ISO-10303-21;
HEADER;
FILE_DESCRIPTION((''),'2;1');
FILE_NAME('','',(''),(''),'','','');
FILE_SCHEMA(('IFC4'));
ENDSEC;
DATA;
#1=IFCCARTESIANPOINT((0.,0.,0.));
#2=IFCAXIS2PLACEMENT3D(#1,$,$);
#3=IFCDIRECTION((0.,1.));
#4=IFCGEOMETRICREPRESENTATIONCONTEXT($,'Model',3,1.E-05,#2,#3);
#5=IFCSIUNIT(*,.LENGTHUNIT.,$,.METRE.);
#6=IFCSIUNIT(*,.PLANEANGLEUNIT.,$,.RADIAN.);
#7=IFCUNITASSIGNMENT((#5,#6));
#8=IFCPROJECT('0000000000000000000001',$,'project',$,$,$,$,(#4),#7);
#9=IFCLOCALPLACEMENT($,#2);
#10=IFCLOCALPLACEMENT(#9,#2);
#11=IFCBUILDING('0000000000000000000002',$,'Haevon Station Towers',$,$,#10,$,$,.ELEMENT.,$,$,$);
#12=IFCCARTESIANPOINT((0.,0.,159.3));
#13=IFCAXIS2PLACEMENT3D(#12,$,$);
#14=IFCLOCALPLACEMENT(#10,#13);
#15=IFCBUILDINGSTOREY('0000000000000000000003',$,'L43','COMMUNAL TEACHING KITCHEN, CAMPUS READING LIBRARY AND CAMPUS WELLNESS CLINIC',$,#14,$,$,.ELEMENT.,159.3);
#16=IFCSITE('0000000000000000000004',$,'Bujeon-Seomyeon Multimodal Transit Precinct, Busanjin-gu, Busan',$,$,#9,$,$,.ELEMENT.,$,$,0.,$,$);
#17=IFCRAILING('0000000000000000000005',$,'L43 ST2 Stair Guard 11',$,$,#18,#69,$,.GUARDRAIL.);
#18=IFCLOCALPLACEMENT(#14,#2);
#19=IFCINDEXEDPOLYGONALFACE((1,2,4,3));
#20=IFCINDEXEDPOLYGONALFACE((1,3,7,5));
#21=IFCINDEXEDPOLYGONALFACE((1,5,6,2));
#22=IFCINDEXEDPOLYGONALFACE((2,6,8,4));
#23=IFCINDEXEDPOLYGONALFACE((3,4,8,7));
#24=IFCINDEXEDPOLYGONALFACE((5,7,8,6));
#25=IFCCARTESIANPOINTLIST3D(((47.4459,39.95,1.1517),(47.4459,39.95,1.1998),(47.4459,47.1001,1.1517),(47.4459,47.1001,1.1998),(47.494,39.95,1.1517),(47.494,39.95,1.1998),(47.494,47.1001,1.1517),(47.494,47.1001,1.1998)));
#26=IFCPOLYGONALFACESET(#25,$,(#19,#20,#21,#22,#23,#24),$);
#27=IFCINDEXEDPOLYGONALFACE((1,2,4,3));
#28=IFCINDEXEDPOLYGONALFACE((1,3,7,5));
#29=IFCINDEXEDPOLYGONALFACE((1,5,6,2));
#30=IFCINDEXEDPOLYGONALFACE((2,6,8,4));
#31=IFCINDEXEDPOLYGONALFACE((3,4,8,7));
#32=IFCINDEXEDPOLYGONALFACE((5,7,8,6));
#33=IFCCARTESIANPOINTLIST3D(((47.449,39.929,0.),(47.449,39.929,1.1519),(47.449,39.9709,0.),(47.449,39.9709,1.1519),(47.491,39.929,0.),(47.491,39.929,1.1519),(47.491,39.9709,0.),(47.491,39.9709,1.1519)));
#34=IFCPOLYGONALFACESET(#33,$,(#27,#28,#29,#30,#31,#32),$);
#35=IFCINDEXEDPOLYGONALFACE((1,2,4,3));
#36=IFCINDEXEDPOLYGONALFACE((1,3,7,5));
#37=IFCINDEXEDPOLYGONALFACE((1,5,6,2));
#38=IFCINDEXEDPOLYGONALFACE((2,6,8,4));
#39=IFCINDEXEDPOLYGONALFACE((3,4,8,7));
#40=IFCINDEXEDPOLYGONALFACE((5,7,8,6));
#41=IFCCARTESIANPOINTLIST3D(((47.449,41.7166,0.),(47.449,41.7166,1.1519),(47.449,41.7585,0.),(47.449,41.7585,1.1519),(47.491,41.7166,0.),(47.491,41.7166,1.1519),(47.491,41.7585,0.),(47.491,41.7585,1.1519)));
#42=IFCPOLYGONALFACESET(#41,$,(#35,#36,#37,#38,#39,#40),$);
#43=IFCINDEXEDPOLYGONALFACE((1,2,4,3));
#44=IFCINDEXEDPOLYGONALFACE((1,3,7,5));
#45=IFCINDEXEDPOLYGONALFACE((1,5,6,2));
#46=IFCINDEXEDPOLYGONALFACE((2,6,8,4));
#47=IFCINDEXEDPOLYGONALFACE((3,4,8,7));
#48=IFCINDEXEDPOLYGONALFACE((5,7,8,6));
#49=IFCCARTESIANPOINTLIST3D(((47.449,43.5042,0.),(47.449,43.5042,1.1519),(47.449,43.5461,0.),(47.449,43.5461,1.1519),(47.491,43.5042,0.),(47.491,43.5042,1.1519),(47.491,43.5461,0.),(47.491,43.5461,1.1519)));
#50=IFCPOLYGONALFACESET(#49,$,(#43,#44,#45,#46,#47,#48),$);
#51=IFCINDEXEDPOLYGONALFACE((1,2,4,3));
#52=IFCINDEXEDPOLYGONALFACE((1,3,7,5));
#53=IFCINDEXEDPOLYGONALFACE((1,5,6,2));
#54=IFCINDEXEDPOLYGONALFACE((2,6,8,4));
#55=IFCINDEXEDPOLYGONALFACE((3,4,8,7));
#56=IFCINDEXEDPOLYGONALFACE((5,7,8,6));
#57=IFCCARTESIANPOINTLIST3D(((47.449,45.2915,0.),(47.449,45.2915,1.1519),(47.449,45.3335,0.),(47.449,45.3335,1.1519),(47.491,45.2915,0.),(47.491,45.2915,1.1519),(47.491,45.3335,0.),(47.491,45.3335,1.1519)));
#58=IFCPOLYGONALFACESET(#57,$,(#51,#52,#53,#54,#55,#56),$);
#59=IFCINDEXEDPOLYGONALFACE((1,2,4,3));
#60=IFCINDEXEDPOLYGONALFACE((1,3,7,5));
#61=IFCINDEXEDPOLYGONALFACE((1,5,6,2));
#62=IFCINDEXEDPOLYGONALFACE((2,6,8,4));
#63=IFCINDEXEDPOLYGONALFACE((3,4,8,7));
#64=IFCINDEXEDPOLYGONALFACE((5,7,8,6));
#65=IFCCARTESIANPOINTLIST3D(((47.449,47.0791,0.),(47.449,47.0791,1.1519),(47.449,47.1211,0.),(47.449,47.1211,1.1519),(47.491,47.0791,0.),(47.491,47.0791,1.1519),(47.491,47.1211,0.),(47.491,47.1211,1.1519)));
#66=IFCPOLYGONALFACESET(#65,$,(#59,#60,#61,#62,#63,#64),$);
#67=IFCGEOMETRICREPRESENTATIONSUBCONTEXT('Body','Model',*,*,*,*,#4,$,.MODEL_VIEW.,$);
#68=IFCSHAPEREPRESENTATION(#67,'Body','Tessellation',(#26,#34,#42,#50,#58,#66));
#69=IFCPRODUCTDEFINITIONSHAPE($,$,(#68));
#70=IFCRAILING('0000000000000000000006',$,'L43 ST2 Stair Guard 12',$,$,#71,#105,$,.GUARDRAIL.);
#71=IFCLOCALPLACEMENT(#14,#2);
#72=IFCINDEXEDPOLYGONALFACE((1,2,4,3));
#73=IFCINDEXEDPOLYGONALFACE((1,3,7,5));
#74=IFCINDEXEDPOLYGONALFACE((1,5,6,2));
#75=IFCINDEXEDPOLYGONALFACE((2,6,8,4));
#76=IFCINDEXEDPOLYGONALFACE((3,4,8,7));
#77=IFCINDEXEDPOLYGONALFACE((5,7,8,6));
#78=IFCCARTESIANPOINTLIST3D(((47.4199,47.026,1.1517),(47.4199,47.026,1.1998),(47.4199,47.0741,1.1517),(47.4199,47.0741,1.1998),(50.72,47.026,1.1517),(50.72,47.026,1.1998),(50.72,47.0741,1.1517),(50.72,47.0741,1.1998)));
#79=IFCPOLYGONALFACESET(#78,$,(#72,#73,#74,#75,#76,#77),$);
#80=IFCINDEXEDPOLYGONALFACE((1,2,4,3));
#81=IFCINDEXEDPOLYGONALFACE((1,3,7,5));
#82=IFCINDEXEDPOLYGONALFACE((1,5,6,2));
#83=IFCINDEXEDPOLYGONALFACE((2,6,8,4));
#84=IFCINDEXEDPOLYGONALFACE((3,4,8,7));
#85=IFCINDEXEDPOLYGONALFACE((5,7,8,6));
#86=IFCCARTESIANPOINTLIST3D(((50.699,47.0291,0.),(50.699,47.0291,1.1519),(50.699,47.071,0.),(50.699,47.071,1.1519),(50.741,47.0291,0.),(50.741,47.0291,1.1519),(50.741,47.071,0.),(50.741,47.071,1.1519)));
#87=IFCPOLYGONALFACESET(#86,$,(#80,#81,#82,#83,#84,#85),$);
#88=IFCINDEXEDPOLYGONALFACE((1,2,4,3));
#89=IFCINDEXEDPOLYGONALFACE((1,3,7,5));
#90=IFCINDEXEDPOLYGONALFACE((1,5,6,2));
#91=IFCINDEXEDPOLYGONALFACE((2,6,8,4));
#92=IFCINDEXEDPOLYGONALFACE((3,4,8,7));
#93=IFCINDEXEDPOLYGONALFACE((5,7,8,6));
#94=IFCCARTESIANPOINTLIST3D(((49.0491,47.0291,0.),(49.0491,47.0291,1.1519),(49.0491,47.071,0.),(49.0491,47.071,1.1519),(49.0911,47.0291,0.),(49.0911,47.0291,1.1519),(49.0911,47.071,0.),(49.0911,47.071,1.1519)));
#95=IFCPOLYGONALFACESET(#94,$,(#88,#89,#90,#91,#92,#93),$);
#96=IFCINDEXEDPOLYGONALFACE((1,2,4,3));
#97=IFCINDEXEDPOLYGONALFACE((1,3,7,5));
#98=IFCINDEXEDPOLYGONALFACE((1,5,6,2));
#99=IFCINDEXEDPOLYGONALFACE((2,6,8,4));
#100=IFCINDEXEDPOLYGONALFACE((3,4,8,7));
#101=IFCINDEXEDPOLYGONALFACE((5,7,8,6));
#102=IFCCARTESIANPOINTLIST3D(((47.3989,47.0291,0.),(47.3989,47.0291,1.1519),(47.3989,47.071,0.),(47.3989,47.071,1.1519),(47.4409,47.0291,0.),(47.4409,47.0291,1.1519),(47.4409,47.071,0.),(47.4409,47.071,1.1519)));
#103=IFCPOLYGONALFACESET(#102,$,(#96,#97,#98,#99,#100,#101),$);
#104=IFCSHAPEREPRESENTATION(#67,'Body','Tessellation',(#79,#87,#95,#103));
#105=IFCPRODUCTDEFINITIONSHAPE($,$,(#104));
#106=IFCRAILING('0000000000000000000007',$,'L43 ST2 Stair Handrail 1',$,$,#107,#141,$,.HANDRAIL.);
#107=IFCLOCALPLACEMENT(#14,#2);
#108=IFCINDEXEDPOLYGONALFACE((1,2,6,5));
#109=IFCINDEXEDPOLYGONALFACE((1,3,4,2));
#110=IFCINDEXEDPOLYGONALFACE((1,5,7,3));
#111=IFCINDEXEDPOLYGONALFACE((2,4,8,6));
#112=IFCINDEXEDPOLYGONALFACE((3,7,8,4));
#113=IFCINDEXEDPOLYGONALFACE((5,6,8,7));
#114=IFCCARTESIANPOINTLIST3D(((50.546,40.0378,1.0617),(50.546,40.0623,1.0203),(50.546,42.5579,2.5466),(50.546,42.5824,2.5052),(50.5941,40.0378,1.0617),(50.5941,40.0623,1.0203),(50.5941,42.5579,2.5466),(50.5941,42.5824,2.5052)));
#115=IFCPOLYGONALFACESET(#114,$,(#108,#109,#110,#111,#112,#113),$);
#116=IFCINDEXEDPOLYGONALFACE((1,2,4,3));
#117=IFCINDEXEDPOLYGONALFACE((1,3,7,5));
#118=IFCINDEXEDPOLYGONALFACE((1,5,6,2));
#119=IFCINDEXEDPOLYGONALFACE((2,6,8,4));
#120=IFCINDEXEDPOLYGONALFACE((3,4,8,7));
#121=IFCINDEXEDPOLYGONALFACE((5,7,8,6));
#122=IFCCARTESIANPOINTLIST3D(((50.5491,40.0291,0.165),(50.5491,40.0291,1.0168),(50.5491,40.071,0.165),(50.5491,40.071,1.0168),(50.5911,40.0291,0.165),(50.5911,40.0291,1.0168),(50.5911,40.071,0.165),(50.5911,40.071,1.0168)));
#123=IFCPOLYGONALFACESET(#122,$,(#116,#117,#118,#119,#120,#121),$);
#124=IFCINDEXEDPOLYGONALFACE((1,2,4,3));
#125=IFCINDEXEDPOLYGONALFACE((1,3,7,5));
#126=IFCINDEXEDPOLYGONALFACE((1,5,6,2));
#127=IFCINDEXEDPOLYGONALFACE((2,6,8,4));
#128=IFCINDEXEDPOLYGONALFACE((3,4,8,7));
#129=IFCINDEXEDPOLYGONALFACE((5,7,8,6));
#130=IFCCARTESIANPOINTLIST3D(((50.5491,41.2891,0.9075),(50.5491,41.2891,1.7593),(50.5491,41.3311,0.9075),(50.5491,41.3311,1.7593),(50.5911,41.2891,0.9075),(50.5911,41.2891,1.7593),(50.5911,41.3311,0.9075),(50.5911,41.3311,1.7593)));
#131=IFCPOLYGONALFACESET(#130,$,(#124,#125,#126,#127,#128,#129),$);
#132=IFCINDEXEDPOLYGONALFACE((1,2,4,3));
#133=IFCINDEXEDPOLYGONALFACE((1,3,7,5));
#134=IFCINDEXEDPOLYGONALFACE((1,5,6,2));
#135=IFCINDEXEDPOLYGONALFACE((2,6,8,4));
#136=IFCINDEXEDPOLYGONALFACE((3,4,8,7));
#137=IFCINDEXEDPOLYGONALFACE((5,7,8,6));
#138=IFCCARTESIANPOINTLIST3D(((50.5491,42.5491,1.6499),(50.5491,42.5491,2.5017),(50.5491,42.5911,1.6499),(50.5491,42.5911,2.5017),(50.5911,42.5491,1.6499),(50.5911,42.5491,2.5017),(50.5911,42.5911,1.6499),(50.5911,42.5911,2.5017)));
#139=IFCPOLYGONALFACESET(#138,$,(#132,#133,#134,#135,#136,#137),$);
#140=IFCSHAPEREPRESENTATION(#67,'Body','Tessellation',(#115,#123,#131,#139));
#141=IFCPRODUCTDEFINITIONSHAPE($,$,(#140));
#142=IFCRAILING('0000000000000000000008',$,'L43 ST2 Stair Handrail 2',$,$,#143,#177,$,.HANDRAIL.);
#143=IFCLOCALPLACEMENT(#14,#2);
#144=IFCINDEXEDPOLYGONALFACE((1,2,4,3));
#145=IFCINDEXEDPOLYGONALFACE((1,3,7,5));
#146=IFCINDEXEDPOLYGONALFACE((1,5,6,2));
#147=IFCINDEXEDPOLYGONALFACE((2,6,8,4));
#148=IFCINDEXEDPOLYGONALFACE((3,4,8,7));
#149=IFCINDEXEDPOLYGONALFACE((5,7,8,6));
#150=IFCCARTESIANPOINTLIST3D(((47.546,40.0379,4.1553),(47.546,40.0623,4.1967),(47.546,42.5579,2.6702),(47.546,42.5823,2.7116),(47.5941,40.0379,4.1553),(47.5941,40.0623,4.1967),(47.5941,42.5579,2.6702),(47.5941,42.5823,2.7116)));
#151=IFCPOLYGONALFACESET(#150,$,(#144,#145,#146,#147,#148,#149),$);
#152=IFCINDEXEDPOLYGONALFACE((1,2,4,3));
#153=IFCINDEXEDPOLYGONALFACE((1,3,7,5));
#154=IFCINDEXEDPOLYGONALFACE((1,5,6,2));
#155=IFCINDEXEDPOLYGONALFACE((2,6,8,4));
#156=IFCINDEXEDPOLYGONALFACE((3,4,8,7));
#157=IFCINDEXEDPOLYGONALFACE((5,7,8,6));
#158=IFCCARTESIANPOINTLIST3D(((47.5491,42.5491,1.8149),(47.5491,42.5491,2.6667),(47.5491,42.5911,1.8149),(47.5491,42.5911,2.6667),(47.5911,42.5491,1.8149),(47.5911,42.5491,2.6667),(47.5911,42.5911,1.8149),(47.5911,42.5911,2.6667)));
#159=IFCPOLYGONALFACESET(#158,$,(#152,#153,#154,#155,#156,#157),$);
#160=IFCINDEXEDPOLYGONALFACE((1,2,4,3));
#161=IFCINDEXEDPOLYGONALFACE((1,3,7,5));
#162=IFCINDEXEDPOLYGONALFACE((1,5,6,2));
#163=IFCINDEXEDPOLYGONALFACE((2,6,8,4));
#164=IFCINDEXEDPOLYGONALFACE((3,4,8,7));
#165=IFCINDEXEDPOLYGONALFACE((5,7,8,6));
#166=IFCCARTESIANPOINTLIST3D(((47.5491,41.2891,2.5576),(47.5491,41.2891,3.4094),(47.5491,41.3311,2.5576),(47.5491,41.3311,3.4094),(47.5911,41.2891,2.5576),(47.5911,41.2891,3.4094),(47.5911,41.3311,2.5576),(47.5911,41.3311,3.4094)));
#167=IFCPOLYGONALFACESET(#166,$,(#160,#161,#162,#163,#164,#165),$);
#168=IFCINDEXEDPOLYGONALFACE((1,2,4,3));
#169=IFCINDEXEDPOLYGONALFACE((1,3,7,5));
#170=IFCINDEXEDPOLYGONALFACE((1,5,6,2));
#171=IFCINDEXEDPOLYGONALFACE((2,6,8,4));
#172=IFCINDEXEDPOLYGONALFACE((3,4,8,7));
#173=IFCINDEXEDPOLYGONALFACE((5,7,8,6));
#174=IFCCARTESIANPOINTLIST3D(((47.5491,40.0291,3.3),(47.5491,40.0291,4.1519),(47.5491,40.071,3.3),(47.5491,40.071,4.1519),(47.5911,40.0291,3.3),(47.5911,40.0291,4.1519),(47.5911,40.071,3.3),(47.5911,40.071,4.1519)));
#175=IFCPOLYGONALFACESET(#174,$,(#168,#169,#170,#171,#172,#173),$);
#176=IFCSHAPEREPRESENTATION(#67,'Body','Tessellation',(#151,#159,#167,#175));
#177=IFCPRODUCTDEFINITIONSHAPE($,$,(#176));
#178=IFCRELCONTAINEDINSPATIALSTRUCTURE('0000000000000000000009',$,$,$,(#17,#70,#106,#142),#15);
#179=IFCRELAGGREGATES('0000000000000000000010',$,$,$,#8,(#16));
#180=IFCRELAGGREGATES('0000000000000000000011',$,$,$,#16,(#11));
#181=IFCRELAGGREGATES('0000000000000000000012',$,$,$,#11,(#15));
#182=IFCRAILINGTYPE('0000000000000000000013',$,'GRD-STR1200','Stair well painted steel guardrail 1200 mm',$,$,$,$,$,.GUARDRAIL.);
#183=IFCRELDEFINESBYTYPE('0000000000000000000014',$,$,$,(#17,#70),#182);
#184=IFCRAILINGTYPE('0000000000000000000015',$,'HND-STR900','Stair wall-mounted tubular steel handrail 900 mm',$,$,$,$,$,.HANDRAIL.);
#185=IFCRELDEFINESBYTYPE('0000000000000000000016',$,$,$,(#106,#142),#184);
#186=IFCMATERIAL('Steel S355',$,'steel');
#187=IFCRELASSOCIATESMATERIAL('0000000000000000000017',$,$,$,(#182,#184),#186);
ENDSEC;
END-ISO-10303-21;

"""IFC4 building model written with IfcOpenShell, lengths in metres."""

from ifc_helpers import new_model, si_unit, direction, frame, origin, origin_2d, place, context, subcontext, project, spatial, rectangle, extrude, material, type_object, element, save


model = new_model("IFC4")

# Units and contexts
model_context = context("Model", 3, precision=1e-05, world=origin(), true_north=direction((0.0, 1.0)))
body_context = subcontext(model_context, "Body", "Model", "MODEL_VIEW")
ifc_project = project(units=[si_unit("LENGTHUNIT", "METRE"), si_unit("PLANEANGLEUNIT", "RADIAN")], contexts=[model_context])

# Site, building, storey
site_placement = place(None, origin())
site = spatial("IfcSite", under=ifc_project, at=site_placement, Name="Bujeon-Seomyeon Multimodal Transit Precinct, Busanjin-gu, Busan", CompositionType="ELEMENT", RefElevation=0.0)
building_placement = place(site_placement, origin())
building = spatial("IfcBuilding", under=site, at=building_placement, Name="Haevon Station Towers", CompositionType="ELEMENT")
storey_placement = place(building_placement, frame((0.0, 0.0, 159.3)))
storey = spatial("IfcBuildingStorey", under=building, at=storey_placement, Name="L43", Description="COMMUNAL TEACHING KITCHEN, CAMPUS READING LIBRARY AND CAMPUS WELLNESS CLINIC", CompositionType="ELEMENT", Elevation=159.3)

# Shared definitions
ifc_material_1 = material(Name="Steel S355", Category="steel")

# Railings
railing_type_1 = type_object("IfcRailingType", Name="GRD-STR1200", Description="Stair well painted steel guardrail 1200 mm", PredefinedType="GUARDRAIL", material=ifc_material_1)
for number, where, name in (
    (1, (47.47, 39.95, 0.0), "L43 ST2 Stair Guard 11"),
):
    element("IfcRailing", number, at=place(storey_placement, frame(where)), inside=storey, type_object=railing_type_1, Name=name, PredefinedType="GUARDRAIL", context=body_context, shape_type="SweptSolid", body=[
        extrude(rectangle(XDim=0.0481, YDim=0.0481, at=origin_2d()), frame((0.0, 0.0, 1.1758), z_axis=(0.0, 1.0, 0.0), x_axis=(-1.0, 0.0, 0.0)), (0.0, 0.0, 1.0), 7.1501),
        extrude(rectangle(XDim=0.042, YDim=0.042, at=origin_2d()), origin(), (0.0, 0.0, 1.0), 1.1519),
        extrude(rectangle(XDim=0.042, YDim=0.042, at=origin_2d()), frame((0.0, 1.7876, 0.0)), (0.0, 0.0, 1.0), 1.1519),
        extrude(rectangle(XDim=0.042, YDim=0.042, at=origin_2d()), frame((0.0, 3.5752, 0.0)), (0.0, 0.0, 1.0), 1.1519),
        extrude(rectangle(XDim=0.042, YDim=0.042, at=origin_2d()), frame((0.0, 5.3625, 0.0)), (0.0, 0.0, 1.0), 1.1519),
        extrude(rectangle(XDim=0.042, YDim=0.042, at=origin_2d()), frame((0.0, 7.1501, 0.0)), (0.0, 0.0, 1.0), 1.1519),
    ])
railing_1_placement = place(storey_placement, frame((50.72, 47.05, 0.0)))
element("IfcRailing", 2, at=railing_1_placement, inside=storey, type_object=railing_type_1, Name="L43 ST2 Stair Guard 12", PredefinedType="GUARDRAIL", context=body_context, shape_type="SweptSolid", body=[
    extrude(rectangle(XDim=0.0481, YDim=0.0481, at=origin_2d()), frame((0.0, 0.0, 1.1758), z_axis=(-1.0, 0.0, 0.0), x_axis=(0.0, -1.0, 0.0)), (0.0, 0.0, 1.0), 3.3),
    extrude(rectangle(XDim=0.042, YDim=0.042, at=origin_2d()), origin(), (0.0, 0.0, 1.0), 1.1519),
    extrude(rectangle(XDim=0.042, YDim=0.042, at=origin_2d()), frame((-1.6499, 0.0, 0.0)), (0.0, 0.0, 1.0), 1.1519),
    extrude(rectangle(XDim=0.042, YDim=0.042, at=origin_2d()), frame((-3.3, 0.0, 0.0)), (0.0, 0.0, 1.0), 1.1519),
])
railing_type_2 = type_object("IfcRailingType", Name="HND-STR900", Description="Stair wall-mounted tubular steel handrail 900 mm", PredefinedType="HANDRAIL", material=ifc_material_1)
railing_2_placement = place(storey_placement, frame((50.5701, 40.05, 0.165)))
element("IfcRailing", 3, at=railing_2_placement, inside=storey, type_object=railing_type_2, Name="L43 ST2 Stair Handrail 1", PredefinedType="HANDRAIL", context=body_context, shape_type="SweptSolid", body=[
    extrude(rectangle(XDim=0.0481, YDim=0.0481, at=origin_2d()), frame((0.0, 0.0, 0.876), z_axis=(0.0, 0.861561, 0.507655), x_axis=(-1.0, 0.0, 0.0)), (0.0, 0.0, 1.0), 2.925),
    extrude(rectangle(XDim=0.042, YDim=0.042, at=origin_2d()), origin(), (0.0, 0.0, 1.0), 0.8518),
    extrude(rectangle(XDim=0.042, YDim=0.042, at=origin_2d()), frame((0.0, 1.26, 0.7424)), (0.0, 0.0, 1.0), 0.8518),
    extrude(rectangle(XDim=0.042, YDim=0.042, at=origin_2d()), frame((0.0, 2.52, 1.4849)), (0.0, 0.0, 1.0), 0.8518),
])
railing_3_placement = place(storey_placement, frame((47.5701, 42.5701, 1.8149)))
element("IfcRailing", 4, at=railing_3_placement, inside=storey, type_object=railing_type_2, Name="L43 ST2 Stair Handrail 2", PredefinedType="HANDRAIL", context=body_context, shape_type="SweptSolid", body=[
    extrude(rectangle(XDim=0.0481, YDim=0.0481, at=origin_2d()), frame((0.0, 0.0, 0.876), z_axis=(0.0, -0.861524, 0.507717), x_axis=(1.0, 0.0, 0.0)), (0.0, 0.0, 1.0), 2.925),
    extrude(rectangle(XDim=0.042, YDim=0.042, at=origin_2d()), origin(), (0.0, 0.0, 1.0), 0.8518),
    extrude(rectangle(XDim=0.042, YDim=0.042, at=origin_2d()), frame((0.0, -1.26, 0.7427)), (0.0, 0.0, 1.0), 0.8518),
    extrude(rectangle(XDim=0.042, YDim=0.042, at=origin_2d()), frame((0.0, -2.52, 1.4851)), (0.0, 0.0, 1.0), 0.8518),
])

save(model, "model.ifc")
